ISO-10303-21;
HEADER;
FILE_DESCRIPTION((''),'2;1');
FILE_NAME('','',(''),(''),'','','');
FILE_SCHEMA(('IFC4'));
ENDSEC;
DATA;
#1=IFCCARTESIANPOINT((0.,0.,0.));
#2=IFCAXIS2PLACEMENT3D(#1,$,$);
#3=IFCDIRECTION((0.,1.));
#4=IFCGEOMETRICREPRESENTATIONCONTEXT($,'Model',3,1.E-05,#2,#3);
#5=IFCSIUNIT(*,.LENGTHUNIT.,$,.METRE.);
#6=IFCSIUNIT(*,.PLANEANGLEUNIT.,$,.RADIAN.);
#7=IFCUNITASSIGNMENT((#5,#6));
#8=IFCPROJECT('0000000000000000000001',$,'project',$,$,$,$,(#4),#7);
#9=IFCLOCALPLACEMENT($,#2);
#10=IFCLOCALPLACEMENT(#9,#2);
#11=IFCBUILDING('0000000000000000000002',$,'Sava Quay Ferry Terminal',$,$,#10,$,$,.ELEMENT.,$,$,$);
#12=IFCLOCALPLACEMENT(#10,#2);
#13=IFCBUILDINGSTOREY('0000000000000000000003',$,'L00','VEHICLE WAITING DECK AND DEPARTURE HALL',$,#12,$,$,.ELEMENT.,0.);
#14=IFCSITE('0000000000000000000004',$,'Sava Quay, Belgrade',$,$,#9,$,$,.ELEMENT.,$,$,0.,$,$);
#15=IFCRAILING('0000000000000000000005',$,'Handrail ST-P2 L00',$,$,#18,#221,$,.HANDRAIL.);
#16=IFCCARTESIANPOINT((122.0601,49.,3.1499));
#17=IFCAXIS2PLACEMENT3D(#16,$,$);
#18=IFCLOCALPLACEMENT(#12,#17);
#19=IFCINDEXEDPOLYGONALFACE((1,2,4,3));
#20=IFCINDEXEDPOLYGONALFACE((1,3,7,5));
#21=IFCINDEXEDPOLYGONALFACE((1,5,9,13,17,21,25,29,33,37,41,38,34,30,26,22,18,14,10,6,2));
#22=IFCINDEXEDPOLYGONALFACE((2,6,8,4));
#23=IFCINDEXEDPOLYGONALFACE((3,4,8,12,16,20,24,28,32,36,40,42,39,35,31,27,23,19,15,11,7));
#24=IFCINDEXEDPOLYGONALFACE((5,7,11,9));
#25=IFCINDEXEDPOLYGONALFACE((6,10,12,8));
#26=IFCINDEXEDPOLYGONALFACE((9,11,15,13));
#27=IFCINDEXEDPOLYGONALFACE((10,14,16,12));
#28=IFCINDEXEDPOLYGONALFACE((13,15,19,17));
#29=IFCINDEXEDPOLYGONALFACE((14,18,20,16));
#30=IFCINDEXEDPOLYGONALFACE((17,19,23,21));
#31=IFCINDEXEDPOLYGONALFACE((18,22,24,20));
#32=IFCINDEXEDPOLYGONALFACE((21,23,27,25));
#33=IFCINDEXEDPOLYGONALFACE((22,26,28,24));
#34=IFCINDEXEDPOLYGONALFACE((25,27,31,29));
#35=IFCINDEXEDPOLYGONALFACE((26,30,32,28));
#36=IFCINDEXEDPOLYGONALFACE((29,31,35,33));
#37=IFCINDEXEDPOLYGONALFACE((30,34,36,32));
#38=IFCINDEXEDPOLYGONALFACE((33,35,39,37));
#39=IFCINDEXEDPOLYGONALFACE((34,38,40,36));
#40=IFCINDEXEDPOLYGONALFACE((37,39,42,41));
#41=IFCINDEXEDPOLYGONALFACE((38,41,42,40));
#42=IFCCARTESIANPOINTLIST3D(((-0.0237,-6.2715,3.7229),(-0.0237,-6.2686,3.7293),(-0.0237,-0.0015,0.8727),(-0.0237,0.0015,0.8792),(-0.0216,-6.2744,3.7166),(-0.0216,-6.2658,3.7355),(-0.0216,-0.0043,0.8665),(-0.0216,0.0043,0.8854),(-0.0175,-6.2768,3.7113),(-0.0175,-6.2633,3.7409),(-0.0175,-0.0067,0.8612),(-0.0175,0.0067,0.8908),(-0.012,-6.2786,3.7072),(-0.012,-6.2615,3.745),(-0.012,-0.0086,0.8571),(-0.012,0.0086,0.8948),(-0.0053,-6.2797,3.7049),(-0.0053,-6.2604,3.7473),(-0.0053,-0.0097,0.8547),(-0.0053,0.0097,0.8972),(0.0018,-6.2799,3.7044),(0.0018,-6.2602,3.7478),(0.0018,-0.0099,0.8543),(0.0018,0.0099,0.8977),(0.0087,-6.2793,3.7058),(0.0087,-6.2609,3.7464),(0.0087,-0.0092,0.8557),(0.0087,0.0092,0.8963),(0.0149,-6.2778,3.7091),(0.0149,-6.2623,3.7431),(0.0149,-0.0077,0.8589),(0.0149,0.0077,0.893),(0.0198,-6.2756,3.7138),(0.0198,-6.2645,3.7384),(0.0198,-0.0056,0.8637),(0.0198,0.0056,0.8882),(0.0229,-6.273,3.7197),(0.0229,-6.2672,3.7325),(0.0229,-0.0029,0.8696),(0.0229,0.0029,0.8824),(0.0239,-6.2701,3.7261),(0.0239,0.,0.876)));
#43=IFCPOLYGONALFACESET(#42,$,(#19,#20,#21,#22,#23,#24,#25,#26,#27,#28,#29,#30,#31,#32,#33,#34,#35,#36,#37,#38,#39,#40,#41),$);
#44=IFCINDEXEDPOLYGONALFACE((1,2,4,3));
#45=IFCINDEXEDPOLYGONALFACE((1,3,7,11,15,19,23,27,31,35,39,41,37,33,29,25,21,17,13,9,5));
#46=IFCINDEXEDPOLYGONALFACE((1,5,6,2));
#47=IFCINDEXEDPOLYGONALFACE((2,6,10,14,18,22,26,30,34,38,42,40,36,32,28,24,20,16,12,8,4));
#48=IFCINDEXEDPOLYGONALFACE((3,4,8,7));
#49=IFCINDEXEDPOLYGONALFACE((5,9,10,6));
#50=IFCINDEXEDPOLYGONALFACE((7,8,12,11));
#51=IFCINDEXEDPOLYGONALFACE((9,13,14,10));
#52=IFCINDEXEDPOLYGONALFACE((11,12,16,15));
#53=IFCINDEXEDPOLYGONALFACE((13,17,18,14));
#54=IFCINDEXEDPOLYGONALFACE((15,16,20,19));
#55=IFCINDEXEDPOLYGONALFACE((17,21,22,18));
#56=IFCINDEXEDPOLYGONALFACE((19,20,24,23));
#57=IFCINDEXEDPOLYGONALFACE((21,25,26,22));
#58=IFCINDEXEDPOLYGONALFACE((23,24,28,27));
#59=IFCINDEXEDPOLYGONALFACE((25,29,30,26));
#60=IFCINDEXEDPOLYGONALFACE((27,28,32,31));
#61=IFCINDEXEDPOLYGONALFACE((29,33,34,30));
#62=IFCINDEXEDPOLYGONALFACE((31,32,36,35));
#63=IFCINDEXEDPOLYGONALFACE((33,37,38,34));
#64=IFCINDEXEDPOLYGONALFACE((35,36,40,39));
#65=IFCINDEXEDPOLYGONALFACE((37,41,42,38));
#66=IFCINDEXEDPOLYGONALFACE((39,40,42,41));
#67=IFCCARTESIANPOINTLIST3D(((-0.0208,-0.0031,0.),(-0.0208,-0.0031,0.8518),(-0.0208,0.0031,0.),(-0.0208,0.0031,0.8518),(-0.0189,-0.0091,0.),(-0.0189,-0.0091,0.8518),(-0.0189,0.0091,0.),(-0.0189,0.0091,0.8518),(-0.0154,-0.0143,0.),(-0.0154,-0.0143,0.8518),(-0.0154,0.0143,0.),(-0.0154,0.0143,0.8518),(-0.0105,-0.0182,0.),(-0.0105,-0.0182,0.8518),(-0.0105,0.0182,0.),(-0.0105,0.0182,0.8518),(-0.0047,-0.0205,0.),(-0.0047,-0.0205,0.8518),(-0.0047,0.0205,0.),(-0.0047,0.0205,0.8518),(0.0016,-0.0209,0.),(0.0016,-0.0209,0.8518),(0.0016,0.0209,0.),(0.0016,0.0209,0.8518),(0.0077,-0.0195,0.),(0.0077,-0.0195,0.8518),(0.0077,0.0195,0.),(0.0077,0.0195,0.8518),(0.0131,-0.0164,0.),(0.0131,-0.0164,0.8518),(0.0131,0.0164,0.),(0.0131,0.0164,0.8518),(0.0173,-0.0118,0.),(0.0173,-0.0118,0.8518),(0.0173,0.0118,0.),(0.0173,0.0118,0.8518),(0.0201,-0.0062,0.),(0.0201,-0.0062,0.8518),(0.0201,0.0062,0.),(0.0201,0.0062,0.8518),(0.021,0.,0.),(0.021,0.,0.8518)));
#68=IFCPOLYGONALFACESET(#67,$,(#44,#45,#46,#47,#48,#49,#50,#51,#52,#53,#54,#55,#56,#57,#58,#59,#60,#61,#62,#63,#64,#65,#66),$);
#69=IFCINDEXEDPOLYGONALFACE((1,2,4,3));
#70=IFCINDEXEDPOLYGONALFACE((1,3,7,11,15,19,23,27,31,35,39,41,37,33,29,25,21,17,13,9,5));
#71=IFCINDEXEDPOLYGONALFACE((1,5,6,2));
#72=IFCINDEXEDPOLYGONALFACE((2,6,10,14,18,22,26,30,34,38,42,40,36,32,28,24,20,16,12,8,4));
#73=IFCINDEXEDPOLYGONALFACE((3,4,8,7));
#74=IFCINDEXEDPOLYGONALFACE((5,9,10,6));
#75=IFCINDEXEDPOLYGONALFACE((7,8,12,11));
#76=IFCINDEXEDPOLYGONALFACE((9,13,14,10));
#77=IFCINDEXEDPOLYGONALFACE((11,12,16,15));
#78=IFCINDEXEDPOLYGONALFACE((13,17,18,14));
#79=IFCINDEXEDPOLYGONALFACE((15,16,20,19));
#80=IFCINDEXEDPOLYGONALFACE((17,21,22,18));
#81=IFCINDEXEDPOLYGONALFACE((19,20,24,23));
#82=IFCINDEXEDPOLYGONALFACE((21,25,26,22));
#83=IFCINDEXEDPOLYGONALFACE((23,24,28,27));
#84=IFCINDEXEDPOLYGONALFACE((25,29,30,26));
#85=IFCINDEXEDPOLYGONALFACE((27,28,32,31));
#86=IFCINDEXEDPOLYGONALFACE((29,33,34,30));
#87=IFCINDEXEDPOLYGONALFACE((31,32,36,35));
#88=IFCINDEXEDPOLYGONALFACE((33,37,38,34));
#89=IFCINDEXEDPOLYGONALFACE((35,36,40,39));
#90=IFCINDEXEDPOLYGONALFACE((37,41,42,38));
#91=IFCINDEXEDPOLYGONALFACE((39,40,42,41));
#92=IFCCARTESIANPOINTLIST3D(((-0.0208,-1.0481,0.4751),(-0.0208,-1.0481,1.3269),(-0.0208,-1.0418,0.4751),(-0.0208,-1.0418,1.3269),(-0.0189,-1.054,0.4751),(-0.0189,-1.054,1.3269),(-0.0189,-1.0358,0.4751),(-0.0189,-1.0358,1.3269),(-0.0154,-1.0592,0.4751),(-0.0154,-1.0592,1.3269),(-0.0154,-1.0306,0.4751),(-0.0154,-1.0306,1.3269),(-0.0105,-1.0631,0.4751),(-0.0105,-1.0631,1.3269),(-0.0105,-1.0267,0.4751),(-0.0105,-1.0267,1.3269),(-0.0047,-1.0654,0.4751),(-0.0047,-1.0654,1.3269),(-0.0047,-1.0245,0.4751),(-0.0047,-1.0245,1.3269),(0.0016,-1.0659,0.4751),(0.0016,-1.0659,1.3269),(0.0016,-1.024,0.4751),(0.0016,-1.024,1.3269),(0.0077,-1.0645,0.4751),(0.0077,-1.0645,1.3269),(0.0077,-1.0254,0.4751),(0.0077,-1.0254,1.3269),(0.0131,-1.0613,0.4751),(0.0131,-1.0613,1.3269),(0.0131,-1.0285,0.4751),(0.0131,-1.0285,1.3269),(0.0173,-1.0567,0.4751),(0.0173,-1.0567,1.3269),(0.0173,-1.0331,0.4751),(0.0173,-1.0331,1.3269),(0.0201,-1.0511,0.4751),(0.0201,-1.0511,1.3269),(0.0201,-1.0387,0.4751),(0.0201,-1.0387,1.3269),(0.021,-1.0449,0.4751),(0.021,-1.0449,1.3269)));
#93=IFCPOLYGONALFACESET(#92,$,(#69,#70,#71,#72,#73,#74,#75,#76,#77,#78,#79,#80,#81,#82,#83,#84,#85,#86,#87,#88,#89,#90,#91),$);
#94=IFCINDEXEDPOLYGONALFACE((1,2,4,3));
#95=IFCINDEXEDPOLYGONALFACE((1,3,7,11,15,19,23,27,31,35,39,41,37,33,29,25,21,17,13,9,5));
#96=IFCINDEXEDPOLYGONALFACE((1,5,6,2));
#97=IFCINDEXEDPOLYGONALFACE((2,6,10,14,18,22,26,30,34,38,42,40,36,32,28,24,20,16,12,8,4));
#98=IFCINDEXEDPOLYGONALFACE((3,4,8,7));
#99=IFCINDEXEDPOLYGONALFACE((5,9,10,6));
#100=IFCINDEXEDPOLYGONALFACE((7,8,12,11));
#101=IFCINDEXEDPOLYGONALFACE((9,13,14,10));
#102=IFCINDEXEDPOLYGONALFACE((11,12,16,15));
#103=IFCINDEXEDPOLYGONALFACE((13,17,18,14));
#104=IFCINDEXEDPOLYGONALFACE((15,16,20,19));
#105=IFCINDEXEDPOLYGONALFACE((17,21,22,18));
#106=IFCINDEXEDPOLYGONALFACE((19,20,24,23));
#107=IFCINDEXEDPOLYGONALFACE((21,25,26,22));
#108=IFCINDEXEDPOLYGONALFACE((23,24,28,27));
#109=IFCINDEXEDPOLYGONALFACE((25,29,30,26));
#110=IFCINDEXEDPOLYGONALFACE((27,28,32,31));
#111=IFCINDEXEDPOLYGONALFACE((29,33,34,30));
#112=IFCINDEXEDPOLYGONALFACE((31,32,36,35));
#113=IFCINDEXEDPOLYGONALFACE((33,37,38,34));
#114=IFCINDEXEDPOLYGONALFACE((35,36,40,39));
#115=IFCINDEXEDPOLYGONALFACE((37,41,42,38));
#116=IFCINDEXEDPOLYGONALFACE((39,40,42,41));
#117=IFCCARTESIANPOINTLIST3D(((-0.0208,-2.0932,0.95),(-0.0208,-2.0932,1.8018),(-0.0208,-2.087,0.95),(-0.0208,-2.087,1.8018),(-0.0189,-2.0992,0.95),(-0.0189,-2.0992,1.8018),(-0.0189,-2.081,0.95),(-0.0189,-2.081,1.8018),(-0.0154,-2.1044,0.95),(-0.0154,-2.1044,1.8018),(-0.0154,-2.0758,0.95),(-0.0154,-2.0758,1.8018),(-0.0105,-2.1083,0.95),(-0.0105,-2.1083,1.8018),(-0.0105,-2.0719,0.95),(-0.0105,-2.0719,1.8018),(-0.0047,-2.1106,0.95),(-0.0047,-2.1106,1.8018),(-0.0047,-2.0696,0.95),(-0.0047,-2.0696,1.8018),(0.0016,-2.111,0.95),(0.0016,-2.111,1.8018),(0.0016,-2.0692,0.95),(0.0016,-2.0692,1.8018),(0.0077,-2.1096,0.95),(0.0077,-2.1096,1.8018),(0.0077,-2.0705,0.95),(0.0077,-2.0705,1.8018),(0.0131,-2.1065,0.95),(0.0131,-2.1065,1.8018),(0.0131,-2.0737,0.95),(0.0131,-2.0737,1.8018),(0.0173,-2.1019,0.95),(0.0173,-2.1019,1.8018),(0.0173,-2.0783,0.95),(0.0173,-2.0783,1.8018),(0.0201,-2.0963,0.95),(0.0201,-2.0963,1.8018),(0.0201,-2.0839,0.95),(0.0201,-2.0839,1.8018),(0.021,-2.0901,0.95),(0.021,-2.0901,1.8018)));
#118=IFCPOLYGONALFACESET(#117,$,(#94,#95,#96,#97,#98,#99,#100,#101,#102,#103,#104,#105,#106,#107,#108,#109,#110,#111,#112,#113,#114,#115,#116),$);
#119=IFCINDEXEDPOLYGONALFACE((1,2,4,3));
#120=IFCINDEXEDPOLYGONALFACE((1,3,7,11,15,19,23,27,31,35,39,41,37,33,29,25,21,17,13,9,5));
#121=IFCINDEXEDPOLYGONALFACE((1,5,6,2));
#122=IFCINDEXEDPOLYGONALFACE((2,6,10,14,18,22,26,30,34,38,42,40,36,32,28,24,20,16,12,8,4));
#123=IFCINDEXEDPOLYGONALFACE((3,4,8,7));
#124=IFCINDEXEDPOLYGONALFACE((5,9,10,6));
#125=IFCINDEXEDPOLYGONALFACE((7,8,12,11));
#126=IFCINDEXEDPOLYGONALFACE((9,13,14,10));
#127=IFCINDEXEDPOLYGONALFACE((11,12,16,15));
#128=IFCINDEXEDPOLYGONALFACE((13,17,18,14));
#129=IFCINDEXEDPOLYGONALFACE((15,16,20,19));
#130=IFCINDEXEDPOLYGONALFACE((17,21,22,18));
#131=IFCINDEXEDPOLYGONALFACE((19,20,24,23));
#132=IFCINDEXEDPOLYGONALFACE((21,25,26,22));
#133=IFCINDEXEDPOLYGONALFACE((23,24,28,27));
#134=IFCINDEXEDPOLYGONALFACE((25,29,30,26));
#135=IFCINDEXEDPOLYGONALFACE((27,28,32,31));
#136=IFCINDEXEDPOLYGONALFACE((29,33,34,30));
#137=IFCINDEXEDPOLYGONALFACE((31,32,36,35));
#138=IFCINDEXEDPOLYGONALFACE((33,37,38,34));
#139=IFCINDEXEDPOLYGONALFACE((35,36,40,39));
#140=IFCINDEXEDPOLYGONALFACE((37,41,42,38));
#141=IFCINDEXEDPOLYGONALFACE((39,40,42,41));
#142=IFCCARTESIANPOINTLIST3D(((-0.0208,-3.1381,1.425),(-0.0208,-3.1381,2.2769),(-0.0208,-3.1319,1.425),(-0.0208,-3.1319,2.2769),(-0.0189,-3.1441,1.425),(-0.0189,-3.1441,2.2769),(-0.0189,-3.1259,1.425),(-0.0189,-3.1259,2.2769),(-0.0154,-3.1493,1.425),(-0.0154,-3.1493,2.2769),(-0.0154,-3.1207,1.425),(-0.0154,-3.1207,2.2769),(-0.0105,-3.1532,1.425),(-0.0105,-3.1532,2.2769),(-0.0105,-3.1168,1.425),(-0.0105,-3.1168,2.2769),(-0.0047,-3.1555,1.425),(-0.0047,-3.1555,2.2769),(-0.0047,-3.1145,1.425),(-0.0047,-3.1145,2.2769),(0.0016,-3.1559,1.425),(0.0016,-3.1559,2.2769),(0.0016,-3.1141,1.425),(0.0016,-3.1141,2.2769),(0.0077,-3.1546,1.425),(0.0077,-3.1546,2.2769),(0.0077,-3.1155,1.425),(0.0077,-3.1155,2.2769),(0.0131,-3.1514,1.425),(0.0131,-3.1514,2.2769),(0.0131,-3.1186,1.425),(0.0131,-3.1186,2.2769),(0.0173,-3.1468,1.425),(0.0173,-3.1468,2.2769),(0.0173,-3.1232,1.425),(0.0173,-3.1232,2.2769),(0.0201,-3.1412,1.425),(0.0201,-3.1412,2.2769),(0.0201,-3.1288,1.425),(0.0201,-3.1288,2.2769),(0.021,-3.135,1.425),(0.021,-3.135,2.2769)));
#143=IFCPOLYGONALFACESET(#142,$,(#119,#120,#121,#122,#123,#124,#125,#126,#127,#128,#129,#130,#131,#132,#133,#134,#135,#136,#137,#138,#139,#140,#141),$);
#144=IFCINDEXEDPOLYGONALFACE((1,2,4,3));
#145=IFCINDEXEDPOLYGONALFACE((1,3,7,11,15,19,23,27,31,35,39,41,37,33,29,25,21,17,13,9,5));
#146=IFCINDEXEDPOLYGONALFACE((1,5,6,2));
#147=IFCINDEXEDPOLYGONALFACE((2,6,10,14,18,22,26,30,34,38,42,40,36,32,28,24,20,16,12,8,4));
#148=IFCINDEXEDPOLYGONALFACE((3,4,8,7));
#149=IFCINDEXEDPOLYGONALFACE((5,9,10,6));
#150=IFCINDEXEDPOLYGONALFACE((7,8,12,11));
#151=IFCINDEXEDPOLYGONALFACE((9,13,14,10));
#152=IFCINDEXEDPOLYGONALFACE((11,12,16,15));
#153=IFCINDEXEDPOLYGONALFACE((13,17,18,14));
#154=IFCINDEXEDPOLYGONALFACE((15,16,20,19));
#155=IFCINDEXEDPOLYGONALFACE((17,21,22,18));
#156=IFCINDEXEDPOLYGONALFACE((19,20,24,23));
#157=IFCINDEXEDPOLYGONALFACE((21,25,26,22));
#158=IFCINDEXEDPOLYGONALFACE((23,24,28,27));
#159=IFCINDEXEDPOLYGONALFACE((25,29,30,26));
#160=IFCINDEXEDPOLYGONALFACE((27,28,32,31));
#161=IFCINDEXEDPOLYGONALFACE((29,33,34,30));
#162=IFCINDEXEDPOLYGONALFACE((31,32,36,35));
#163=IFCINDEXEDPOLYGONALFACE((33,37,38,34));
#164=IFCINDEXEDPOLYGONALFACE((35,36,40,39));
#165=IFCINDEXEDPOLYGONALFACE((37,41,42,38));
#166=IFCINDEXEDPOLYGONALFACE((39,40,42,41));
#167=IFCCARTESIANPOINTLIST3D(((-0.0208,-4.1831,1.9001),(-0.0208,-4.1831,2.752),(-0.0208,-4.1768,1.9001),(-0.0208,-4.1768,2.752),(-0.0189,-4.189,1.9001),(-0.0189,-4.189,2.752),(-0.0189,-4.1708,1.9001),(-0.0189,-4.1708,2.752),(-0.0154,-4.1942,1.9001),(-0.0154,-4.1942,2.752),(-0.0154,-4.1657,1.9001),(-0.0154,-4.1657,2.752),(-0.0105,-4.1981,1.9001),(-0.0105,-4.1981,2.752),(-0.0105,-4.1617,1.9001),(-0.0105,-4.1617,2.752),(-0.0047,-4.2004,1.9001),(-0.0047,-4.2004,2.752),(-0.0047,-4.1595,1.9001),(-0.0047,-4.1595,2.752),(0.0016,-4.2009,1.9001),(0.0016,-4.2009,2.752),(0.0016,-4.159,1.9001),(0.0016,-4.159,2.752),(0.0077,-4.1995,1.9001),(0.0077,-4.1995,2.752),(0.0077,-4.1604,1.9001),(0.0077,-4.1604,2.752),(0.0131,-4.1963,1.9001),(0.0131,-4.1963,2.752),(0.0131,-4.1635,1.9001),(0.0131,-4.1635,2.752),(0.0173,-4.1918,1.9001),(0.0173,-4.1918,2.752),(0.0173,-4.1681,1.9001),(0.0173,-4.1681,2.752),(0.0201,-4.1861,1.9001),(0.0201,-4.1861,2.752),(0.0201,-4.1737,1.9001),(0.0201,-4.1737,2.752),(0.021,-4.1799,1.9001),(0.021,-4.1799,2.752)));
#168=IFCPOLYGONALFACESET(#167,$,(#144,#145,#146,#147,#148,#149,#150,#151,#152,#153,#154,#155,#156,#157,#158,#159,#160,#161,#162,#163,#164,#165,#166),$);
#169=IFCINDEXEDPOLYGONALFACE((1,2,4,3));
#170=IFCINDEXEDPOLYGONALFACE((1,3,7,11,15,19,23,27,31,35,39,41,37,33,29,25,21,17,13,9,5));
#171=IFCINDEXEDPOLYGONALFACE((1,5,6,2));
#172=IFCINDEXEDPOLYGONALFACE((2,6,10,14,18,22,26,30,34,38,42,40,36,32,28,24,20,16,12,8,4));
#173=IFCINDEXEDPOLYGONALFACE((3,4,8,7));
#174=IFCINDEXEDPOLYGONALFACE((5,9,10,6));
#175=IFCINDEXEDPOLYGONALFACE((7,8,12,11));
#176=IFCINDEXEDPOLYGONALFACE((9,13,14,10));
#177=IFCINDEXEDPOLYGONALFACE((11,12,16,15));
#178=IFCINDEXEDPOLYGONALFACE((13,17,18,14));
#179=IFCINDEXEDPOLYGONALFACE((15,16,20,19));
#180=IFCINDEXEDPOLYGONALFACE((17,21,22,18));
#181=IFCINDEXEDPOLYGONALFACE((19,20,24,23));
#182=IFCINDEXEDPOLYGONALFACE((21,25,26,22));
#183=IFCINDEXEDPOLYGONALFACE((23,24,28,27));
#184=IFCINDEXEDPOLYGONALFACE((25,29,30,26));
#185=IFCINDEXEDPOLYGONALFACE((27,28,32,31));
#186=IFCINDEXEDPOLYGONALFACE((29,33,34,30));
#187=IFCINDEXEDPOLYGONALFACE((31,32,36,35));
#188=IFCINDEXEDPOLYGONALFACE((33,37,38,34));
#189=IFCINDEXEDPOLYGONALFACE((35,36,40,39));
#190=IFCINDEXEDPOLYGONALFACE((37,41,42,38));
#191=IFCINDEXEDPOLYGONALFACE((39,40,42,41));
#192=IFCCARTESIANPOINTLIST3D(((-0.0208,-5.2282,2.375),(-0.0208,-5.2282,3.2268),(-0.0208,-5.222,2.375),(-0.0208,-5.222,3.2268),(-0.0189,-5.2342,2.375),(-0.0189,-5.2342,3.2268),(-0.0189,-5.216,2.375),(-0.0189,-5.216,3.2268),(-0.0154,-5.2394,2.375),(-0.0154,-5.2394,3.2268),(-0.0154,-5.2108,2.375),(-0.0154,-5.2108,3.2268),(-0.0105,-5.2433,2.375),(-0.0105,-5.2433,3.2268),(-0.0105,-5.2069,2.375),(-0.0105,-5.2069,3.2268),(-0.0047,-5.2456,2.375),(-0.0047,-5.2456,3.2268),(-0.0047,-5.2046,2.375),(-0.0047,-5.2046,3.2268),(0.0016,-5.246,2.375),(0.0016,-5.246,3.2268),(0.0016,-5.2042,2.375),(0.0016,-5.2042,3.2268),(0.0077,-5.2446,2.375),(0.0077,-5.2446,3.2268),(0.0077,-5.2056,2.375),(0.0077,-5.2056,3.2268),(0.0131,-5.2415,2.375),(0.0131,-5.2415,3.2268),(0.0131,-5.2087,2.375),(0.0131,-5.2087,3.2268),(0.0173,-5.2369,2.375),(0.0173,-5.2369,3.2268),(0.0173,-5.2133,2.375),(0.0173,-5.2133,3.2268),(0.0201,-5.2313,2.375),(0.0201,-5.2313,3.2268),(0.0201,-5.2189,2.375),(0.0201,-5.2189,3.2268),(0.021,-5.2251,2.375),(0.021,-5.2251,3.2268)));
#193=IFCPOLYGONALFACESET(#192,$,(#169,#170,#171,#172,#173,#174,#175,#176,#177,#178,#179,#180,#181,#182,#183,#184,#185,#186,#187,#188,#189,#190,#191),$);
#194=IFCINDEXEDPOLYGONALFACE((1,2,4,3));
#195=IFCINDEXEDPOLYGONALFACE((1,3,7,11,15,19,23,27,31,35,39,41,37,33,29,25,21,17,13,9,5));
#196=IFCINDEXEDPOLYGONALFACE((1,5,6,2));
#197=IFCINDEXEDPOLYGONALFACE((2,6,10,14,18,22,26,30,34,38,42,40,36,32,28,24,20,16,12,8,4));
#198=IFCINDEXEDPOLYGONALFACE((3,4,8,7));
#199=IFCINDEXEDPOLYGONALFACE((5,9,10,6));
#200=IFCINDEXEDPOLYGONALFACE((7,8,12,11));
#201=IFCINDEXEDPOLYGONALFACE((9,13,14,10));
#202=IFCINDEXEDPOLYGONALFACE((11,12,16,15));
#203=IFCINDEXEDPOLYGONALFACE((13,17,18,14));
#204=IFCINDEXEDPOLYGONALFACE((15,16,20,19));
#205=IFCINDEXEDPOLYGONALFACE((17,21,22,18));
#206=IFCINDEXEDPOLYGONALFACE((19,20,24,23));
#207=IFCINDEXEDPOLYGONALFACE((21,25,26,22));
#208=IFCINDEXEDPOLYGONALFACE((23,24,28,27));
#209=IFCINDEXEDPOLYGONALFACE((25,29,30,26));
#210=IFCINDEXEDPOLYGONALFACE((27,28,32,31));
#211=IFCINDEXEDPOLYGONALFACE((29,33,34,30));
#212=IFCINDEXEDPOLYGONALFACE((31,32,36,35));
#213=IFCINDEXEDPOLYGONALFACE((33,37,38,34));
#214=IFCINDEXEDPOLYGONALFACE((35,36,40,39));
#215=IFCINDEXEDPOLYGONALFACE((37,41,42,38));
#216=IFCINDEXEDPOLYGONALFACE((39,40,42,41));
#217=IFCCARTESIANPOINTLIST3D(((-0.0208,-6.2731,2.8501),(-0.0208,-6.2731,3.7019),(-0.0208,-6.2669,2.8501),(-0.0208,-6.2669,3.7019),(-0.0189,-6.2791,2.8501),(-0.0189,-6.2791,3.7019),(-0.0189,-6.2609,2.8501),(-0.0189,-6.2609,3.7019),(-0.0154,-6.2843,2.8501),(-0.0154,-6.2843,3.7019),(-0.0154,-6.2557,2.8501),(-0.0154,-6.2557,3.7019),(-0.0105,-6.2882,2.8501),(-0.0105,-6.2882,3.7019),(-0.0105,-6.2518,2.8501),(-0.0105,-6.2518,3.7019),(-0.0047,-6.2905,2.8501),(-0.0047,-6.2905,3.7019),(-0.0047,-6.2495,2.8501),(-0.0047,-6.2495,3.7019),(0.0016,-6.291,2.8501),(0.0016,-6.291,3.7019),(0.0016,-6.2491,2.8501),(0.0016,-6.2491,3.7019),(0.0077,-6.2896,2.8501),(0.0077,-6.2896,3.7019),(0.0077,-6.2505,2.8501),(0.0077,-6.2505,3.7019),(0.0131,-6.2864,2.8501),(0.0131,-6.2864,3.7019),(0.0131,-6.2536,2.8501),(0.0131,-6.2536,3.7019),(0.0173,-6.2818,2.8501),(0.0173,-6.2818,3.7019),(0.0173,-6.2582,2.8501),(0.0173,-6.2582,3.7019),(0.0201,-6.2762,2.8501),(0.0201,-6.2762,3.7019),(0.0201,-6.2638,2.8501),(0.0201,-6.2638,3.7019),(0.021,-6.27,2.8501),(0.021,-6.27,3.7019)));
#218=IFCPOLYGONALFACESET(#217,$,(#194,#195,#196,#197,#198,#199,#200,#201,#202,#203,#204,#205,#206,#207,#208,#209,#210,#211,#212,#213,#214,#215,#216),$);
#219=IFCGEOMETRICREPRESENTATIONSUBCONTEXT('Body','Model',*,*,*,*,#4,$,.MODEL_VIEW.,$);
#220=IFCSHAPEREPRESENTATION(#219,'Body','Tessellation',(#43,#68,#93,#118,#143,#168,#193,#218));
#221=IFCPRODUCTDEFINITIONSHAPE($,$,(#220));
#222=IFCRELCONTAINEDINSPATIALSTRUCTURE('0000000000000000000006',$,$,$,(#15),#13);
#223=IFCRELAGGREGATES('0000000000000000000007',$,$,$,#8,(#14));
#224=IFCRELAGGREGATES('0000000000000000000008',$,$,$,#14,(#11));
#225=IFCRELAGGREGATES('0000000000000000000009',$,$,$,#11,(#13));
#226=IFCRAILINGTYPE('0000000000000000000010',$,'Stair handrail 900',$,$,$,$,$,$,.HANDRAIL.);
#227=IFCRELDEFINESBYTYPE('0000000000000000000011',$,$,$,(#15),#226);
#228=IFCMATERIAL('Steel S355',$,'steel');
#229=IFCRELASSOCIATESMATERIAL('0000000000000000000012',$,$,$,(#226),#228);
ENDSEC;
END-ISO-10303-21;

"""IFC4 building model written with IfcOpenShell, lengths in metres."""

from ifc_helpers import new_model, si_unit, direction, frame, origin, origin_2d, place, context, subcontext, project, spatial, circle, extrude, material, type_object, element, save


model = new_model("IFC4")

# Units and contexts
model_context = context("Model", 3, precision=1e-05, world=origin(), true_north=direction((0.0, 1.0)))
body_context = subcontext(model_context, "Body", "Model", "MODEL_VIEW")
ifc_project = project(units=[si_unit("LENGTHUNIT", "METRE"), si_unit("PLANEANGLEUNIT", "RADIAN")], contexts=[model_context])

# Site, building, storey
site_placement = place(None, origin())
site = spatial("IfcSite", under=ifc_project, at=site_placement, Name="Sava Quay, Belgrade", CompositionType="ELEMENT", RefElevation=0.0)
building_placement = place(site_placement, origin())
building = spatial("IfcBuilding", under=site, at=building_placement, Name="Sava Quay Ferry Terminal", CompositionType="ELEMENT")
storey_placement = place(building_placement, origin())
storey = spatial("IfcBuildingStorey", under=building, at=storey_placement, Name="L00", Description="VEHICLE WAITING DECK AND DEPARTURE HALL", CompositionType="ELEMENT", Elevation=0.0)

# Railing
ifc_material_1 = material(Name="Steel S355", Category="steel")
railing_type_1 = type_object("IfcRailingType", Name="Stair handrail 900", PredefinedType="HANDRAIL", material=ifc_material_1)
railing_1_placement = place(storey_placement, frame((122.0601, 49.0, 3.1499)))
element("IfcRailing", 1, at=railing_1_placement, inside=storey, type_object=railing_type_1, Name="Handrail ST-P2 L00", PredefinedType="HANDRAIL", context=body_context, shape_type="SweptSolid", body=[
    extrude(circle(Radius=0.0239, at=origin_2d()), frame((0.0, 0.0, 0.876), z_axis=(0.0, -0.910362, 0.413814), x_axis=(1.0, 0.0, 0.0)), (0.0, 0.0, 1.0), 6.8875),
    extrude(circle(Radius=0.021, at=origin_2d()), origin(), (0.0, 0.0, 1.0), 0.8518),
    extrude(circle(Radius=0.021, at=origin_2d()), frame((0.0, -1.0449, 0.4751)), (0.0, 0.0, 1.0), 0.8518),
    extrude(circle(Radius=0.021, at=origin_2d()), frame((0.0, -2.0901, 0.95)), (0.0, 0.0, 1.0), 0.8518),
    extrude(circle(Radius=0.021, at=origin_2d()), frame((0.0, -3.135, 1.425)), (0.0, 0.0, 1.0), 0.8518),
    extrude(circle(Radius=0.021, at=origin_2d()), frame((0.0, -4.1799, 1.9001)), (0.0, 0.0, 1.0), 0.8518),
    extrude(circle(Radius=0.021, at=origin_2d()), frame((0.0, -5.2251, 2.375)), (0.0, 0.0, 1.0), 0.8518),
    extrude(circle(Radius=0.021, at=origin_2d()), frame((0.0, -6.27, 2.8501)), (0.0, 0.0, 1.0), 0.8518),
])

save(model, "model.ifc")
